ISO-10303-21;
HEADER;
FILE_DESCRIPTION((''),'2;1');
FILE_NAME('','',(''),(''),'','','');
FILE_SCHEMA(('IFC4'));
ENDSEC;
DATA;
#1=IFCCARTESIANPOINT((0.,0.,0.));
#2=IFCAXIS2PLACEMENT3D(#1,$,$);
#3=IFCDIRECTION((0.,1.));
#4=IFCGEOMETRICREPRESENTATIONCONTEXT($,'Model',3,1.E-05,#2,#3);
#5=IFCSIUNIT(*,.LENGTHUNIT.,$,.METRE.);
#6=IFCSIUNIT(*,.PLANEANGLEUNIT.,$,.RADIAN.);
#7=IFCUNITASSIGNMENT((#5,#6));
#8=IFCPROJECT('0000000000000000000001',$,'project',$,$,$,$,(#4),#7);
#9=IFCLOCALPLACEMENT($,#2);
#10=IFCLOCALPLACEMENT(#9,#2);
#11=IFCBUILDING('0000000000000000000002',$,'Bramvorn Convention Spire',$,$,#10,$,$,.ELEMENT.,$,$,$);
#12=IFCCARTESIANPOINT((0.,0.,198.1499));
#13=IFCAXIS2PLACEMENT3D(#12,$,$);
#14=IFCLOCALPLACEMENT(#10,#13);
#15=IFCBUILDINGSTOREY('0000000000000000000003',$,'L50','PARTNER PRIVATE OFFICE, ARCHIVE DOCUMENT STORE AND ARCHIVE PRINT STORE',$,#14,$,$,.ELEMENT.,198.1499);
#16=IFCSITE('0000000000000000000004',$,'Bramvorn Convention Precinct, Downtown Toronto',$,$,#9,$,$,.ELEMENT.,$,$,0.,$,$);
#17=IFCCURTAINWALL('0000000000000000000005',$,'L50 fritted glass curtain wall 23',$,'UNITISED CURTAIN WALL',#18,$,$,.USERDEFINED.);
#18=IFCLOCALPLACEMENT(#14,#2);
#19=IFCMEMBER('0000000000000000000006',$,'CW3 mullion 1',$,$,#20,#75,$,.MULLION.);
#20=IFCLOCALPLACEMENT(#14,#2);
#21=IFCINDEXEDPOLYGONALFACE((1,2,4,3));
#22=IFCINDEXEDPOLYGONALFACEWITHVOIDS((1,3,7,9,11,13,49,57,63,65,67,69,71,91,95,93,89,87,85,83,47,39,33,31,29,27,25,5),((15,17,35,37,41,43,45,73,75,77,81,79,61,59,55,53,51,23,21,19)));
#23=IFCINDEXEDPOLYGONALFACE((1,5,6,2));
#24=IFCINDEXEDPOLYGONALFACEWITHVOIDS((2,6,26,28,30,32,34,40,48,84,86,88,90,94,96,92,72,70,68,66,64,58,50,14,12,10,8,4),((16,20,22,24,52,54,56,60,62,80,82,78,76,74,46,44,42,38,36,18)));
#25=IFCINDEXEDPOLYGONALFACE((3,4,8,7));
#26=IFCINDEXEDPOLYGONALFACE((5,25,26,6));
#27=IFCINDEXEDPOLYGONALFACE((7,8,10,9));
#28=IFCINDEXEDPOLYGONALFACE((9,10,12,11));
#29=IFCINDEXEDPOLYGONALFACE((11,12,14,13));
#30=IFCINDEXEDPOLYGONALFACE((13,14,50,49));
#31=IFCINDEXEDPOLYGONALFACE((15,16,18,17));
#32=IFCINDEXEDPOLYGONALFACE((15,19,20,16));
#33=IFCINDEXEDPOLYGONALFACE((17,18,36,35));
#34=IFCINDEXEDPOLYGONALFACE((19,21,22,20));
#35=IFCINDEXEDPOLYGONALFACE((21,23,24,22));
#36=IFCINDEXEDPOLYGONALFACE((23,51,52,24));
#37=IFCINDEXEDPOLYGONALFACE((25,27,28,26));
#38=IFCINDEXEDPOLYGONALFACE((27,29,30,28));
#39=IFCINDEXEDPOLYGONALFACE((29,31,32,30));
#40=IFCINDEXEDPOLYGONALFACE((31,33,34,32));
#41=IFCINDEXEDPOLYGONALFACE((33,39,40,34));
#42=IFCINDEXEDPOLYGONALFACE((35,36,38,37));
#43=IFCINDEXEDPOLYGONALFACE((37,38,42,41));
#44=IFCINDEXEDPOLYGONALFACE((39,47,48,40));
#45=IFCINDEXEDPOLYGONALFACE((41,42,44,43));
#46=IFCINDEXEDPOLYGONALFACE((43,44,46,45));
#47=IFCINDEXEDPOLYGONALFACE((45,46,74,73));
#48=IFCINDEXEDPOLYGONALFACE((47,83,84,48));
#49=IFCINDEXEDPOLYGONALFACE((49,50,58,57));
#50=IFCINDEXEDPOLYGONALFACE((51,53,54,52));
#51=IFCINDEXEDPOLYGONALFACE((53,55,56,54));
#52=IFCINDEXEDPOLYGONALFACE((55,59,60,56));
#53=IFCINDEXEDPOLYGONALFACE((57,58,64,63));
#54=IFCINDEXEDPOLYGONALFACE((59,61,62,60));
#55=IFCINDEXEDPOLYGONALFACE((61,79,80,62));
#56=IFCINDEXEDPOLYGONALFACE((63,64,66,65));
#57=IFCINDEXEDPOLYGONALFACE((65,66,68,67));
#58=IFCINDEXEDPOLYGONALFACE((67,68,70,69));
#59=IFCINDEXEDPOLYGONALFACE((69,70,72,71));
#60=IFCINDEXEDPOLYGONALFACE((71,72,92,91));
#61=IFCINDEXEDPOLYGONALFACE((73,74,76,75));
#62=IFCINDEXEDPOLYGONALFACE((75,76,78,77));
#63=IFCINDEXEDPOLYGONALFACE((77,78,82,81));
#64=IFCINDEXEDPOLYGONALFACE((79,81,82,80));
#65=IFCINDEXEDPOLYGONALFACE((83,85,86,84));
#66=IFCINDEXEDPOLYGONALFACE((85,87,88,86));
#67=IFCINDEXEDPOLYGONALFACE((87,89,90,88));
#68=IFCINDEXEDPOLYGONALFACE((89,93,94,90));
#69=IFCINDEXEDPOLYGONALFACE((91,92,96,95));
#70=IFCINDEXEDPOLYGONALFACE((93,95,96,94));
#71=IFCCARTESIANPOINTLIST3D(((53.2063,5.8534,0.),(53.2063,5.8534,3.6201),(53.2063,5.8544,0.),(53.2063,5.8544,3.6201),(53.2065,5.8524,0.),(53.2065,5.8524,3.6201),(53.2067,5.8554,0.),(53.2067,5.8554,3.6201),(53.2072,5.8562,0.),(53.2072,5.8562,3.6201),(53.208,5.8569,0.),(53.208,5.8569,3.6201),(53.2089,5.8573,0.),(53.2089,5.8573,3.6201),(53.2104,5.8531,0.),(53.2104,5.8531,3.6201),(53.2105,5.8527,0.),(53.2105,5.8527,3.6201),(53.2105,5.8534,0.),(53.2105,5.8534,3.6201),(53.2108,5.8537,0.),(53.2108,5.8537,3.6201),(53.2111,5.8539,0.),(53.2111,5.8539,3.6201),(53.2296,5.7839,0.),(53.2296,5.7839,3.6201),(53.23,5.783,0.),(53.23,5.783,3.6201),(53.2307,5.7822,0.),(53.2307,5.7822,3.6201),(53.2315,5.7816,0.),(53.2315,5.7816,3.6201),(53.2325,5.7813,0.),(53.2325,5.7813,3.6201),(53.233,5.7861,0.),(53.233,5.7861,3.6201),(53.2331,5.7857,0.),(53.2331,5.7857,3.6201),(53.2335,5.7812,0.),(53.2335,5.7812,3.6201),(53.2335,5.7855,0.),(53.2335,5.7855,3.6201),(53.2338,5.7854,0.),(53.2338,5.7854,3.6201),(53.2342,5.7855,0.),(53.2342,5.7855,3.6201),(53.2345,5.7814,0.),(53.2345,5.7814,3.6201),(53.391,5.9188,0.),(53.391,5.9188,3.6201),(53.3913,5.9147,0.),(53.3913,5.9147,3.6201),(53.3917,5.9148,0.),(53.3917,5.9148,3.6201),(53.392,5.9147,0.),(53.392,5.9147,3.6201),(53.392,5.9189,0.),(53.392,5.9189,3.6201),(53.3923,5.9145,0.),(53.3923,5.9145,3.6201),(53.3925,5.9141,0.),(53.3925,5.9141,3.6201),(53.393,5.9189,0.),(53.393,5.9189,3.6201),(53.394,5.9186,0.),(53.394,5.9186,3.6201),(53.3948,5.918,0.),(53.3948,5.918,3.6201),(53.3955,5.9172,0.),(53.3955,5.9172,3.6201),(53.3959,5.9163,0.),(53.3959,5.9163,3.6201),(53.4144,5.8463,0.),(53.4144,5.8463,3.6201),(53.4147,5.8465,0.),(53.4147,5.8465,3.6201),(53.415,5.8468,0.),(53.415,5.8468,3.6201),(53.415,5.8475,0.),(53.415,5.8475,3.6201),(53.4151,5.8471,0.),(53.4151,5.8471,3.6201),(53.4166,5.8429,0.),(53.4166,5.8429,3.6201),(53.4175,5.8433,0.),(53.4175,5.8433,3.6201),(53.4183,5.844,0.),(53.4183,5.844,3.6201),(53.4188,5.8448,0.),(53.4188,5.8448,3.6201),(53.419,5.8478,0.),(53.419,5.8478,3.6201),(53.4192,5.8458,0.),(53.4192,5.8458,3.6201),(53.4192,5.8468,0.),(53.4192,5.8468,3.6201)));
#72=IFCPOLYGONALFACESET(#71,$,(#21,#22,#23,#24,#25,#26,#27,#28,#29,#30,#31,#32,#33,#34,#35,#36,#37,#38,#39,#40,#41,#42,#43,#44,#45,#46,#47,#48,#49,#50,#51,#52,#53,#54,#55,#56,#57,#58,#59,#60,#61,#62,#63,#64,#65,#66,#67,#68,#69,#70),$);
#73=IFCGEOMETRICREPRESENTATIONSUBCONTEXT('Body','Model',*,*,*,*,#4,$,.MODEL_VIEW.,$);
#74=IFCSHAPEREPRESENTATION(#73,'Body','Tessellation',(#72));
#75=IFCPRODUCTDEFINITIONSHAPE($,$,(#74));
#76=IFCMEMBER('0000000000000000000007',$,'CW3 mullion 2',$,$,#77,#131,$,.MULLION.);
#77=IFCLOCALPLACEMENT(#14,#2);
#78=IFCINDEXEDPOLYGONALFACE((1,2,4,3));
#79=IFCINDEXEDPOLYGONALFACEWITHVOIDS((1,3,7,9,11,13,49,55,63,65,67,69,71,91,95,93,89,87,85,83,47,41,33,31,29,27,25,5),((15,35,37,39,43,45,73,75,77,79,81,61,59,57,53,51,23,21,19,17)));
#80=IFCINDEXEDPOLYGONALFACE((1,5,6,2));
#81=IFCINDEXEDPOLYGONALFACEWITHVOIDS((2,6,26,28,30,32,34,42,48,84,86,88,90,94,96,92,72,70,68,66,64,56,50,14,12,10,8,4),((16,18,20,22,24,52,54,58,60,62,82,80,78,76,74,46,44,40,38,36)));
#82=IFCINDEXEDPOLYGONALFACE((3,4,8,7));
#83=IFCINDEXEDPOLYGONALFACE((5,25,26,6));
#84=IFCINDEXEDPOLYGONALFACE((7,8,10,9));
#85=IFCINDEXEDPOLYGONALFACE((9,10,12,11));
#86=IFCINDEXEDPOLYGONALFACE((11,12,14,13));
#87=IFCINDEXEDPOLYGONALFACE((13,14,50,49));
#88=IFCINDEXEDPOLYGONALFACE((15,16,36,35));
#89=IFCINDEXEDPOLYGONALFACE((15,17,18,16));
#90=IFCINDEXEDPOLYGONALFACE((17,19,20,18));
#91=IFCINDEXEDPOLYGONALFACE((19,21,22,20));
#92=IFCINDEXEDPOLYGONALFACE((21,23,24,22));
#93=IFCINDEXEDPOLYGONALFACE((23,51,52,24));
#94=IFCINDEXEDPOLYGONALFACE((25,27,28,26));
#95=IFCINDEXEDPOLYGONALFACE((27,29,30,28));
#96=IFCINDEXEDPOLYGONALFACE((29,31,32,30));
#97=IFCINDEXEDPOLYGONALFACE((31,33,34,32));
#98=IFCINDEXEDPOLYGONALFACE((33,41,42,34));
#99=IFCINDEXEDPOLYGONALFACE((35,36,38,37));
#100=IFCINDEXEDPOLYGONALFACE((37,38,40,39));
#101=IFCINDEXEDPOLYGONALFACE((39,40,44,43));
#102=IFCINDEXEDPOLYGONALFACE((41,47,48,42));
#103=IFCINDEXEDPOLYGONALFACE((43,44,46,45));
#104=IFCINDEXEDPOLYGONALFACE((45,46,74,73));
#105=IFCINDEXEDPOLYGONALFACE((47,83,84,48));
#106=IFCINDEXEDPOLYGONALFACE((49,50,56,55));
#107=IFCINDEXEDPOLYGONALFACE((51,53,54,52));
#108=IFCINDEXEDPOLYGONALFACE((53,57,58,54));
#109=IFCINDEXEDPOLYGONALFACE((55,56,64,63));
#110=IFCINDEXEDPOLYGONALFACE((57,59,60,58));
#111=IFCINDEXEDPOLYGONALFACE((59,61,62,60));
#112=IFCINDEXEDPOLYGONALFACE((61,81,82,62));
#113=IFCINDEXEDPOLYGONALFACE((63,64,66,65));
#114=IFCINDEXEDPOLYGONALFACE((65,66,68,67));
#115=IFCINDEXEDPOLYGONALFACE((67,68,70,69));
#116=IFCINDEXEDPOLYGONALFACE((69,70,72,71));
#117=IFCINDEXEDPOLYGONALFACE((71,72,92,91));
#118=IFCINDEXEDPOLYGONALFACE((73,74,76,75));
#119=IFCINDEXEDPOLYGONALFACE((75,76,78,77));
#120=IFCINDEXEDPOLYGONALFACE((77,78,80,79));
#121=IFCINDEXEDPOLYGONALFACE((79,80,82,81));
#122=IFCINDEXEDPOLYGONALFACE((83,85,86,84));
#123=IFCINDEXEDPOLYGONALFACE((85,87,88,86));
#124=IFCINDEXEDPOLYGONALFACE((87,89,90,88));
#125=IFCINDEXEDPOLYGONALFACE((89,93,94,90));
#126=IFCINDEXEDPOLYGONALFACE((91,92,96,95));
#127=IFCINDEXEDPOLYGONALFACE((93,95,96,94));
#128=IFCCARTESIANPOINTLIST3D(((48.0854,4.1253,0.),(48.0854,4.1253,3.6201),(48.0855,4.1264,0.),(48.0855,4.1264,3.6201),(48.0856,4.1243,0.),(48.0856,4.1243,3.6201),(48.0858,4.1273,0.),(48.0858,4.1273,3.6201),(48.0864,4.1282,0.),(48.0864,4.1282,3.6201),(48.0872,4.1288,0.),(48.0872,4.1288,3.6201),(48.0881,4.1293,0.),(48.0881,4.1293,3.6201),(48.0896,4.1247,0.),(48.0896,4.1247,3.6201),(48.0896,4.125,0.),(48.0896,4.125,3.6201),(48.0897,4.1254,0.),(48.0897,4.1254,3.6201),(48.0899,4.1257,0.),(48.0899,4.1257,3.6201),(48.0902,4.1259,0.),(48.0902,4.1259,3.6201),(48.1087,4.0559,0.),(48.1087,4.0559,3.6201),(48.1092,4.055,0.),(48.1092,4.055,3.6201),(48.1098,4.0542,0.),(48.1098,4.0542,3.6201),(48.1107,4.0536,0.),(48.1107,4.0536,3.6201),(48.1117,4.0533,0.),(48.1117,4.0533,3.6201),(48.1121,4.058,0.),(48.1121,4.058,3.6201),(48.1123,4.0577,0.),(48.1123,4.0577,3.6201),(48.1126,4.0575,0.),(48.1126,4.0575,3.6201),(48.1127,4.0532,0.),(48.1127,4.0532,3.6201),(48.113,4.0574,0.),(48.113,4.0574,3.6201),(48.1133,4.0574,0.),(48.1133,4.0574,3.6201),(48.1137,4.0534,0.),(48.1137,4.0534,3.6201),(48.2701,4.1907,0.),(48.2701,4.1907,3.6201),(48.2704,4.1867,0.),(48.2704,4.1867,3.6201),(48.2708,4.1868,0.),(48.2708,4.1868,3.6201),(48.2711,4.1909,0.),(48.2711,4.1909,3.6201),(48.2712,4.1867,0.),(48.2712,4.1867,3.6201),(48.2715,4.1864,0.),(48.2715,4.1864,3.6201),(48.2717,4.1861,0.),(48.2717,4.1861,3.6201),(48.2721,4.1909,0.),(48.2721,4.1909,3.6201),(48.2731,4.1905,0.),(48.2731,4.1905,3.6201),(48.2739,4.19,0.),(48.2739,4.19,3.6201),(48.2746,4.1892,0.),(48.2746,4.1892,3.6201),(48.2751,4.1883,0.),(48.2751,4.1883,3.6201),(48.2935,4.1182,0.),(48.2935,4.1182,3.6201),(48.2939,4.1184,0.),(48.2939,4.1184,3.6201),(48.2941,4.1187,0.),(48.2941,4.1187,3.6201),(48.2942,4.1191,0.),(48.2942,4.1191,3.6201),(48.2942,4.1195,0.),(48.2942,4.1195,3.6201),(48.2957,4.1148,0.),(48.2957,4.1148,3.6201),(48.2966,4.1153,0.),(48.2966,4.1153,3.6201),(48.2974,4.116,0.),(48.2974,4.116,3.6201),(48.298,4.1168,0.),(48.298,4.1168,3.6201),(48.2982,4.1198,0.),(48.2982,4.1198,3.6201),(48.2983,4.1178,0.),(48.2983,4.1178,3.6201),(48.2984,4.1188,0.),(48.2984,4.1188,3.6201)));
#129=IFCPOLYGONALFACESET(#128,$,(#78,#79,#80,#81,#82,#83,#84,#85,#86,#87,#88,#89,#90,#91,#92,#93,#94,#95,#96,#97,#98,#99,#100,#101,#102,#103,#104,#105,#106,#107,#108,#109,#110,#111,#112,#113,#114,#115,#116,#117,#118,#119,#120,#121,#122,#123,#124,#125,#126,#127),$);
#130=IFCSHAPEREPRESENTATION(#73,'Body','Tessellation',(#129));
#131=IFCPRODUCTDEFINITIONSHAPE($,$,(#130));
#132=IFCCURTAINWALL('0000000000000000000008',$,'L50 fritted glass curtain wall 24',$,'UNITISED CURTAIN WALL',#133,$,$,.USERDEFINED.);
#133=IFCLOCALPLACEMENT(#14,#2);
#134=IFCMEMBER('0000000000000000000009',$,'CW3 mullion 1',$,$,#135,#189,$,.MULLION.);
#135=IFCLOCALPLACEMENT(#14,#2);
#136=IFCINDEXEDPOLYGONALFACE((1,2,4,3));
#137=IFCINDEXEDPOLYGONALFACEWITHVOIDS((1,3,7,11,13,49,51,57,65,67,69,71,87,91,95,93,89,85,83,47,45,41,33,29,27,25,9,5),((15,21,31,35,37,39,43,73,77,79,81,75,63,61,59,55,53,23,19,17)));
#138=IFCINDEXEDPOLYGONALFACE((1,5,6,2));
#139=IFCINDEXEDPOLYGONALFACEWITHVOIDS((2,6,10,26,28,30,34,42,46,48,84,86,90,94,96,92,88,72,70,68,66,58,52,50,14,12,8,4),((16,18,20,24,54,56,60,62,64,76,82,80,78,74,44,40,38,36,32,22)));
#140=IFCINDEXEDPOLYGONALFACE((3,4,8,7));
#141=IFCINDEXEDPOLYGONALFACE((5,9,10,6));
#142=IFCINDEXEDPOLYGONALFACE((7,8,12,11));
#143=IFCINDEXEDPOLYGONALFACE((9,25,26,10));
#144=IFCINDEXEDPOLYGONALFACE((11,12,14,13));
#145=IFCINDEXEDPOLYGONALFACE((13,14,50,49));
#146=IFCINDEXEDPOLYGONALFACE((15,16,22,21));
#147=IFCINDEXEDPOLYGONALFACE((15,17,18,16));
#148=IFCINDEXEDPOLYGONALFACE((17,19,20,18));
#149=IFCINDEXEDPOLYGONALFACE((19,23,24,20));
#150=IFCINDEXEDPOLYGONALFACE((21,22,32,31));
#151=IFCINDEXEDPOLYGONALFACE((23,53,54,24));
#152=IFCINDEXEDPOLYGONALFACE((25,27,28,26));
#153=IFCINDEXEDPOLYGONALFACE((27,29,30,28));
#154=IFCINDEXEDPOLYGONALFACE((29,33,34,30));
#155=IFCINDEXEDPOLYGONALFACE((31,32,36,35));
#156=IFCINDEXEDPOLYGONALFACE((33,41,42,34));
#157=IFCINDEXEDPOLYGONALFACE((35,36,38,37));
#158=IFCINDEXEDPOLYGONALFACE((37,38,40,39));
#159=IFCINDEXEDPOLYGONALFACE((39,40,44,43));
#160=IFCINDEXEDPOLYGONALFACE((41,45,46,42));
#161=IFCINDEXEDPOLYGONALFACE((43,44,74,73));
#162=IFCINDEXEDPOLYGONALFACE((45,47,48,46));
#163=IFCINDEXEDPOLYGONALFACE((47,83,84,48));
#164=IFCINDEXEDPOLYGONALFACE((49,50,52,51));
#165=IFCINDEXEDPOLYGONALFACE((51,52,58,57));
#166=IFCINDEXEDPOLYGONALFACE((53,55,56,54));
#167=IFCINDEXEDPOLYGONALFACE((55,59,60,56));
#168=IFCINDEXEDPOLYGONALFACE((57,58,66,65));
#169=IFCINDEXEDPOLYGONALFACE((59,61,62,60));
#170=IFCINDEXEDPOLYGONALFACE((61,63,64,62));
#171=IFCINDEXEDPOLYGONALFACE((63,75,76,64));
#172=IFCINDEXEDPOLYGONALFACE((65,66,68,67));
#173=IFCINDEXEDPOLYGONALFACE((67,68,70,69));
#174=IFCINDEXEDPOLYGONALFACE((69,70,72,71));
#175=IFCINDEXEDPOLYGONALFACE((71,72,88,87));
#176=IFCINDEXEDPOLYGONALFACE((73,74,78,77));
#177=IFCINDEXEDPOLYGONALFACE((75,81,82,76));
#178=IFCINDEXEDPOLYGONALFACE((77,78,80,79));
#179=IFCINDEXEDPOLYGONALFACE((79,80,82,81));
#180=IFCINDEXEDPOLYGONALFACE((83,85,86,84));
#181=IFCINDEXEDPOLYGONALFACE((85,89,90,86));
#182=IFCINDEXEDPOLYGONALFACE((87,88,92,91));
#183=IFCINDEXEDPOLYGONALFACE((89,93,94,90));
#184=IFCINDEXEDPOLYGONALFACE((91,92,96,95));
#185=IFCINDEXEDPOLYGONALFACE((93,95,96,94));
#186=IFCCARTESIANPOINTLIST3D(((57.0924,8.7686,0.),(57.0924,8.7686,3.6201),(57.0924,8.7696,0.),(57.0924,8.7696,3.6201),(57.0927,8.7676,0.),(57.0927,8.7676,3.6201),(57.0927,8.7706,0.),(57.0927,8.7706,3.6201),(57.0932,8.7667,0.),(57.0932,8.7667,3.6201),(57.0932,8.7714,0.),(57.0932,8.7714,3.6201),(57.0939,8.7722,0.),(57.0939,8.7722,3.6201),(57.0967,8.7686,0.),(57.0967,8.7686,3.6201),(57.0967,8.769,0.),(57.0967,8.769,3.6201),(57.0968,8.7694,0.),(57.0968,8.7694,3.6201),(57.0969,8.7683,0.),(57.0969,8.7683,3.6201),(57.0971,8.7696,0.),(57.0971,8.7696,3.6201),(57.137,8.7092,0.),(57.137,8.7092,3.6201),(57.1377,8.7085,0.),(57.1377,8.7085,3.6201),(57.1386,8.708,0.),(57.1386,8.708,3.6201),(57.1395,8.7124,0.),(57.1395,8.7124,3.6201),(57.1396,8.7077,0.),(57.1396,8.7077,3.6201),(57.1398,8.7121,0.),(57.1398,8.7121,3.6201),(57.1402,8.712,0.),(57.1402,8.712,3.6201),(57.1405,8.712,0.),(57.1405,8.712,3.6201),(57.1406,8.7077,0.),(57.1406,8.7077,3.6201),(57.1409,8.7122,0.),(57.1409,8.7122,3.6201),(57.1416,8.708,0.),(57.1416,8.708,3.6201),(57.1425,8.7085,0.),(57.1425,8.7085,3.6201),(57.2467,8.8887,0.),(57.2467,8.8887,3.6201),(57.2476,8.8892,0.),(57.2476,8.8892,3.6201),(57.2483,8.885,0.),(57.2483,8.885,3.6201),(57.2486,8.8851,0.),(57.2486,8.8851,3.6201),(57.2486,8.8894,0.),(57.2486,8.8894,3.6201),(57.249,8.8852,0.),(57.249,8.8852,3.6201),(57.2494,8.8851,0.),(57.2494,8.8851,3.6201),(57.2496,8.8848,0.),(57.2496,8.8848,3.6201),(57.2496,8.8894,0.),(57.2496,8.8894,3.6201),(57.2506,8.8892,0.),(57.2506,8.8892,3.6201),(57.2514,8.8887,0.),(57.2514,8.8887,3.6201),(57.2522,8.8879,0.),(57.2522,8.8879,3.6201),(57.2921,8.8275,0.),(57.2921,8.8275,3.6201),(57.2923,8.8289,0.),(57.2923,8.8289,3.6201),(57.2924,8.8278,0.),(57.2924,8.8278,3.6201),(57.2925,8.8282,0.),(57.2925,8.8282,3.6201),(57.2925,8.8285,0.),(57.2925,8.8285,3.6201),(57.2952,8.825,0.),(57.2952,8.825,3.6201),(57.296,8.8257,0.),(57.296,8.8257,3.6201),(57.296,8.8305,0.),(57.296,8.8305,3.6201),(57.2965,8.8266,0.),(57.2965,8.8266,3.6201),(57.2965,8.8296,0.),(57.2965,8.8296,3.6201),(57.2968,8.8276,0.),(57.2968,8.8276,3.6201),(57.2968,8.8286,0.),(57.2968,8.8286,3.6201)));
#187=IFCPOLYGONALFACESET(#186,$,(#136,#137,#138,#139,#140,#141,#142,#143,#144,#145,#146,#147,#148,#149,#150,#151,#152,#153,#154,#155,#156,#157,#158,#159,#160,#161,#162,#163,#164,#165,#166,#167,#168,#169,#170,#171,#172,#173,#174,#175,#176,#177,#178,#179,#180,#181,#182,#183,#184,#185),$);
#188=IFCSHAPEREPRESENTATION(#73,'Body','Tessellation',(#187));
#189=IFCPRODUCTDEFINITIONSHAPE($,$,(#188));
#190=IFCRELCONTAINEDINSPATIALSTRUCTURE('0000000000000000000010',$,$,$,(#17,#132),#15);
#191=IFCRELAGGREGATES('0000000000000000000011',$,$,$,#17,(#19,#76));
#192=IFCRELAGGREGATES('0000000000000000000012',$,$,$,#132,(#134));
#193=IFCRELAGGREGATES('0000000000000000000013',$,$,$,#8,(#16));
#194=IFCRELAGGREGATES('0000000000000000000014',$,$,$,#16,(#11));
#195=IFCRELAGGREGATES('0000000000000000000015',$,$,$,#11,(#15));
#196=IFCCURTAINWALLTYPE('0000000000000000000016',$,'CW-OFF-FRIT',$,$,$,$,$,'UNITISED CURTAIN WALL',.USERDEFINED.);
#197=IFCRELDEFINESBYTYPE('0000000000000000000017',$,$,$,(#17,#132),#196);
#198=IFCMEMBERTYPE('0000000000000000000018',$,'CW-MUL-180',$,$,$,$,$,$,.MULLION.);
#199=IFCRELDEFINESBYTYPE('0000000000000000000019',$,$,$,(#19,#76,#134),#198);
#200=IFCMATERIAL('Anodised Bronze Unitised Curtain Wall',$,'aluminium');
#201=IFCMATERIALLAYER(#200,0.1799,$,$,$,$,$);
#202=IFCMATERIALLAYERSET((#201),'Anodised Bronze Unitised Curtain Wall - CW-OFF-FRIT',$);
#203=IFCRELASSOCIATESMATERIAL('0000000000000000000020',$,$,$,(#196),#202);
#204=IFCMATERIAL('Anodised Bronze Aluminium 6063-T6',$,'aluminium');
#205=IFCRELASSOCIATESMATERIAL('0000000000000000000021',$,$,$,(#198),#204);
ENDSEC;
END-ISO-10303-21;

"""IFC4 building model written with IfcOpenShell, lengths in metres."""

from ifc_helpers import new_model, si_unit, direction, frame, origin, origin_2d, place, context, subcontext, project, spatial, hollow_rectangle, extrude, material, layer, layer_set, material_profile, profile_set, type_object, element, aggregate, save


model = new_model("IFC4")

# Units and contexts
model_context = context("Model", 3, precision=1e-05, world=origin(), true_north=direction((0.0, 1.0)))
body_context = subcontext(model_context, "Body", "Model", "MODEL_VIEW")
ifc_project = project(units=[si_unit("LENGTHUNIT", "METRE"), si_unit("PLANEANGLEUNIT", "RADIAN")], contexts=[model_context])

# Site, building, storey
site_placement = place(None, origin())
site = spatial("IfcSite", under=ifc_project, at=site_placement, Name="Bramvorn Convention Precinct, Downtown Toronto", CompositionType="ELEMENT", RefElevation=0.0)
building_placement = place(site_placement, origin())
building = spatial("IfcBuilding", under=site, at=building_placement, Name="Bramvorn Convention Spire", CompositionType="ELEMENT")
storey_placement = place(building_placement, frame((0.0, 0.0, 198.1499)))
storey = spatial("IfcBuildingStorey", under=building, at=storey_placement, Name="L50", Description="PARTNER PRIVATE OFFICE, ARCHIVE DOCUMENT STORE AND ARCHIVE PRINT STORE", CompositionType="ELEMENT", Elevation=198.1499)

# Curtain walls, members
ifc_material_1 = material(Name="Anodised Bronze Unitised Curtain Wall", Category="aluminium")
ifc_layer_1 = layer(ifc_material_1, 0.1799)
ifc_layer_set_1 = layer_set([ifc_layer_1], Name="Anodised Bronze Unitised Curtain Wall - CW-OFF-FRIT")
curtain_wall_type = type_object("IfcCurtainWallType", Name="CW-OFF-FRIT", ElementType="UNITISED CURTAIN WALL", PredefinedType="USERDEFINED", material=ifc_layer_set_1)
curtain_wall_1_placement = place(storey_placement, origin())
curtain_wall_1 = element("IfcCurtainWall", 1, at=curtain_wall_1_placement, inside=storey, type_object=curtain_wall_type, Name="L50 fritted glass curtain wall 23", ObjectType="UNITISED CURTAIN WALL", PredefinedType="USERDEFINED")
ifc_material_2 = material(Name="Anodised Bronze Aluminium 6063-T6", Category="aluminium")
ifc_material_profile_1 = material_profile(ifc_material_2, hollow_rectangle(XDim=0.0801, YDim=0.2, WallThickness=0.0039, InnerFilletRadius=0.001, OuterFilletRadius=0.0039, at=origin_2d()))
ifc_profile_set_1 = profile_set([ifc_material_profile_1], Name="Anodised Bronze Aluminium 6063-T6 - CWM80X200")
member_type_1 = type_object("IfcMemberType", Name="CW-MUL-180", PredefinedType="MULLION", material=ifc_profile_set_1)
member_1_placement = place(storey_placement, frame((53.3127, 5.8501, 0.0), z_axis=(0.0, 0.0, 1.0), x_axis=(0.319734, -0.947507, 0.0)))
member_1 = element("IfcMember", 2, at=member_1_placement, type_object=member_type_1, Name="CW3 mullion 1", PredefinedType="MULLION", context=body_context, shape_type="SweptSolid", body=[
    extrude(hollow_rectangle(XDim=0.0801, YDim=0.2, WallThickness=0.0039, InnerFilletRadius=0.001, OuterFilletRadius=0.0039, at=origin_2d()), origin(), (0.0, 0.0, 1.0), 3.6201),
])
member_2_placement = place(storey_placement, frame((48.1919, 4.1221, 0.0), z_axis=(0.0, 0.0, 1.0), x_axis=(0.319734, -0.947507, 0.0)))
member_2 = element("IfcMember", 3, at=member_2_placement, type_object=member_type_1, Name="CW3 mullion 2", PredefinedType="MULLION", context=body_context, shape_type="SweptSolid", body=[
    extrude(hollow_rectangle(XDim=0.0801, YDim=0.2, WallThickness=0.0039, InnerFilletRadius=0.001, OuterFilletRadius=0.0039, at=origin_2d()), origin(), (0.0, 0.0, 1.0), 3.6201),
])
curtain_wall_2_placement = place(storey_placement, origin())
curtain_wall_2 = element("IfcCurtainWall", 4, at=curtain_wall_2_placement, inside=storey, type_object=curtain_wall_type, Name="L50 fritted glass curtain wall 24", ObjectType="UNITISED CURTAIN WALL", PredefinedType="USERDEFINED")
member_3_placement = place(storey_placement, frame((57.1946, 8.7986, 0.0), z_axis=(0.0, 0.0, 1.0), x_axis=(0.606441, -0.795128, 0.0)))
member_3 = element("IfcMember", 5, at=member_3_placement, type_object=member_type_1, Name="CW3 mullion 1", PredefinedType="MULLION", context=body_context, shape_type="SweptSolid", body=[
    extrude(hollow_rectangle(XDim=0.0801, YDim=0.2, WallThickness=0.0039, InnerFilletRadius=0.001, OuterFilletRadius=0.0039, at=origin_2d()), origin(), (0.0, 0.0, 1.0), 3.6201),
])

aggregate(curtain_wall_1, [member_1, member_2])
aggregate(curtain_wall_2, [member_3])

save(model, "model.ifc")
